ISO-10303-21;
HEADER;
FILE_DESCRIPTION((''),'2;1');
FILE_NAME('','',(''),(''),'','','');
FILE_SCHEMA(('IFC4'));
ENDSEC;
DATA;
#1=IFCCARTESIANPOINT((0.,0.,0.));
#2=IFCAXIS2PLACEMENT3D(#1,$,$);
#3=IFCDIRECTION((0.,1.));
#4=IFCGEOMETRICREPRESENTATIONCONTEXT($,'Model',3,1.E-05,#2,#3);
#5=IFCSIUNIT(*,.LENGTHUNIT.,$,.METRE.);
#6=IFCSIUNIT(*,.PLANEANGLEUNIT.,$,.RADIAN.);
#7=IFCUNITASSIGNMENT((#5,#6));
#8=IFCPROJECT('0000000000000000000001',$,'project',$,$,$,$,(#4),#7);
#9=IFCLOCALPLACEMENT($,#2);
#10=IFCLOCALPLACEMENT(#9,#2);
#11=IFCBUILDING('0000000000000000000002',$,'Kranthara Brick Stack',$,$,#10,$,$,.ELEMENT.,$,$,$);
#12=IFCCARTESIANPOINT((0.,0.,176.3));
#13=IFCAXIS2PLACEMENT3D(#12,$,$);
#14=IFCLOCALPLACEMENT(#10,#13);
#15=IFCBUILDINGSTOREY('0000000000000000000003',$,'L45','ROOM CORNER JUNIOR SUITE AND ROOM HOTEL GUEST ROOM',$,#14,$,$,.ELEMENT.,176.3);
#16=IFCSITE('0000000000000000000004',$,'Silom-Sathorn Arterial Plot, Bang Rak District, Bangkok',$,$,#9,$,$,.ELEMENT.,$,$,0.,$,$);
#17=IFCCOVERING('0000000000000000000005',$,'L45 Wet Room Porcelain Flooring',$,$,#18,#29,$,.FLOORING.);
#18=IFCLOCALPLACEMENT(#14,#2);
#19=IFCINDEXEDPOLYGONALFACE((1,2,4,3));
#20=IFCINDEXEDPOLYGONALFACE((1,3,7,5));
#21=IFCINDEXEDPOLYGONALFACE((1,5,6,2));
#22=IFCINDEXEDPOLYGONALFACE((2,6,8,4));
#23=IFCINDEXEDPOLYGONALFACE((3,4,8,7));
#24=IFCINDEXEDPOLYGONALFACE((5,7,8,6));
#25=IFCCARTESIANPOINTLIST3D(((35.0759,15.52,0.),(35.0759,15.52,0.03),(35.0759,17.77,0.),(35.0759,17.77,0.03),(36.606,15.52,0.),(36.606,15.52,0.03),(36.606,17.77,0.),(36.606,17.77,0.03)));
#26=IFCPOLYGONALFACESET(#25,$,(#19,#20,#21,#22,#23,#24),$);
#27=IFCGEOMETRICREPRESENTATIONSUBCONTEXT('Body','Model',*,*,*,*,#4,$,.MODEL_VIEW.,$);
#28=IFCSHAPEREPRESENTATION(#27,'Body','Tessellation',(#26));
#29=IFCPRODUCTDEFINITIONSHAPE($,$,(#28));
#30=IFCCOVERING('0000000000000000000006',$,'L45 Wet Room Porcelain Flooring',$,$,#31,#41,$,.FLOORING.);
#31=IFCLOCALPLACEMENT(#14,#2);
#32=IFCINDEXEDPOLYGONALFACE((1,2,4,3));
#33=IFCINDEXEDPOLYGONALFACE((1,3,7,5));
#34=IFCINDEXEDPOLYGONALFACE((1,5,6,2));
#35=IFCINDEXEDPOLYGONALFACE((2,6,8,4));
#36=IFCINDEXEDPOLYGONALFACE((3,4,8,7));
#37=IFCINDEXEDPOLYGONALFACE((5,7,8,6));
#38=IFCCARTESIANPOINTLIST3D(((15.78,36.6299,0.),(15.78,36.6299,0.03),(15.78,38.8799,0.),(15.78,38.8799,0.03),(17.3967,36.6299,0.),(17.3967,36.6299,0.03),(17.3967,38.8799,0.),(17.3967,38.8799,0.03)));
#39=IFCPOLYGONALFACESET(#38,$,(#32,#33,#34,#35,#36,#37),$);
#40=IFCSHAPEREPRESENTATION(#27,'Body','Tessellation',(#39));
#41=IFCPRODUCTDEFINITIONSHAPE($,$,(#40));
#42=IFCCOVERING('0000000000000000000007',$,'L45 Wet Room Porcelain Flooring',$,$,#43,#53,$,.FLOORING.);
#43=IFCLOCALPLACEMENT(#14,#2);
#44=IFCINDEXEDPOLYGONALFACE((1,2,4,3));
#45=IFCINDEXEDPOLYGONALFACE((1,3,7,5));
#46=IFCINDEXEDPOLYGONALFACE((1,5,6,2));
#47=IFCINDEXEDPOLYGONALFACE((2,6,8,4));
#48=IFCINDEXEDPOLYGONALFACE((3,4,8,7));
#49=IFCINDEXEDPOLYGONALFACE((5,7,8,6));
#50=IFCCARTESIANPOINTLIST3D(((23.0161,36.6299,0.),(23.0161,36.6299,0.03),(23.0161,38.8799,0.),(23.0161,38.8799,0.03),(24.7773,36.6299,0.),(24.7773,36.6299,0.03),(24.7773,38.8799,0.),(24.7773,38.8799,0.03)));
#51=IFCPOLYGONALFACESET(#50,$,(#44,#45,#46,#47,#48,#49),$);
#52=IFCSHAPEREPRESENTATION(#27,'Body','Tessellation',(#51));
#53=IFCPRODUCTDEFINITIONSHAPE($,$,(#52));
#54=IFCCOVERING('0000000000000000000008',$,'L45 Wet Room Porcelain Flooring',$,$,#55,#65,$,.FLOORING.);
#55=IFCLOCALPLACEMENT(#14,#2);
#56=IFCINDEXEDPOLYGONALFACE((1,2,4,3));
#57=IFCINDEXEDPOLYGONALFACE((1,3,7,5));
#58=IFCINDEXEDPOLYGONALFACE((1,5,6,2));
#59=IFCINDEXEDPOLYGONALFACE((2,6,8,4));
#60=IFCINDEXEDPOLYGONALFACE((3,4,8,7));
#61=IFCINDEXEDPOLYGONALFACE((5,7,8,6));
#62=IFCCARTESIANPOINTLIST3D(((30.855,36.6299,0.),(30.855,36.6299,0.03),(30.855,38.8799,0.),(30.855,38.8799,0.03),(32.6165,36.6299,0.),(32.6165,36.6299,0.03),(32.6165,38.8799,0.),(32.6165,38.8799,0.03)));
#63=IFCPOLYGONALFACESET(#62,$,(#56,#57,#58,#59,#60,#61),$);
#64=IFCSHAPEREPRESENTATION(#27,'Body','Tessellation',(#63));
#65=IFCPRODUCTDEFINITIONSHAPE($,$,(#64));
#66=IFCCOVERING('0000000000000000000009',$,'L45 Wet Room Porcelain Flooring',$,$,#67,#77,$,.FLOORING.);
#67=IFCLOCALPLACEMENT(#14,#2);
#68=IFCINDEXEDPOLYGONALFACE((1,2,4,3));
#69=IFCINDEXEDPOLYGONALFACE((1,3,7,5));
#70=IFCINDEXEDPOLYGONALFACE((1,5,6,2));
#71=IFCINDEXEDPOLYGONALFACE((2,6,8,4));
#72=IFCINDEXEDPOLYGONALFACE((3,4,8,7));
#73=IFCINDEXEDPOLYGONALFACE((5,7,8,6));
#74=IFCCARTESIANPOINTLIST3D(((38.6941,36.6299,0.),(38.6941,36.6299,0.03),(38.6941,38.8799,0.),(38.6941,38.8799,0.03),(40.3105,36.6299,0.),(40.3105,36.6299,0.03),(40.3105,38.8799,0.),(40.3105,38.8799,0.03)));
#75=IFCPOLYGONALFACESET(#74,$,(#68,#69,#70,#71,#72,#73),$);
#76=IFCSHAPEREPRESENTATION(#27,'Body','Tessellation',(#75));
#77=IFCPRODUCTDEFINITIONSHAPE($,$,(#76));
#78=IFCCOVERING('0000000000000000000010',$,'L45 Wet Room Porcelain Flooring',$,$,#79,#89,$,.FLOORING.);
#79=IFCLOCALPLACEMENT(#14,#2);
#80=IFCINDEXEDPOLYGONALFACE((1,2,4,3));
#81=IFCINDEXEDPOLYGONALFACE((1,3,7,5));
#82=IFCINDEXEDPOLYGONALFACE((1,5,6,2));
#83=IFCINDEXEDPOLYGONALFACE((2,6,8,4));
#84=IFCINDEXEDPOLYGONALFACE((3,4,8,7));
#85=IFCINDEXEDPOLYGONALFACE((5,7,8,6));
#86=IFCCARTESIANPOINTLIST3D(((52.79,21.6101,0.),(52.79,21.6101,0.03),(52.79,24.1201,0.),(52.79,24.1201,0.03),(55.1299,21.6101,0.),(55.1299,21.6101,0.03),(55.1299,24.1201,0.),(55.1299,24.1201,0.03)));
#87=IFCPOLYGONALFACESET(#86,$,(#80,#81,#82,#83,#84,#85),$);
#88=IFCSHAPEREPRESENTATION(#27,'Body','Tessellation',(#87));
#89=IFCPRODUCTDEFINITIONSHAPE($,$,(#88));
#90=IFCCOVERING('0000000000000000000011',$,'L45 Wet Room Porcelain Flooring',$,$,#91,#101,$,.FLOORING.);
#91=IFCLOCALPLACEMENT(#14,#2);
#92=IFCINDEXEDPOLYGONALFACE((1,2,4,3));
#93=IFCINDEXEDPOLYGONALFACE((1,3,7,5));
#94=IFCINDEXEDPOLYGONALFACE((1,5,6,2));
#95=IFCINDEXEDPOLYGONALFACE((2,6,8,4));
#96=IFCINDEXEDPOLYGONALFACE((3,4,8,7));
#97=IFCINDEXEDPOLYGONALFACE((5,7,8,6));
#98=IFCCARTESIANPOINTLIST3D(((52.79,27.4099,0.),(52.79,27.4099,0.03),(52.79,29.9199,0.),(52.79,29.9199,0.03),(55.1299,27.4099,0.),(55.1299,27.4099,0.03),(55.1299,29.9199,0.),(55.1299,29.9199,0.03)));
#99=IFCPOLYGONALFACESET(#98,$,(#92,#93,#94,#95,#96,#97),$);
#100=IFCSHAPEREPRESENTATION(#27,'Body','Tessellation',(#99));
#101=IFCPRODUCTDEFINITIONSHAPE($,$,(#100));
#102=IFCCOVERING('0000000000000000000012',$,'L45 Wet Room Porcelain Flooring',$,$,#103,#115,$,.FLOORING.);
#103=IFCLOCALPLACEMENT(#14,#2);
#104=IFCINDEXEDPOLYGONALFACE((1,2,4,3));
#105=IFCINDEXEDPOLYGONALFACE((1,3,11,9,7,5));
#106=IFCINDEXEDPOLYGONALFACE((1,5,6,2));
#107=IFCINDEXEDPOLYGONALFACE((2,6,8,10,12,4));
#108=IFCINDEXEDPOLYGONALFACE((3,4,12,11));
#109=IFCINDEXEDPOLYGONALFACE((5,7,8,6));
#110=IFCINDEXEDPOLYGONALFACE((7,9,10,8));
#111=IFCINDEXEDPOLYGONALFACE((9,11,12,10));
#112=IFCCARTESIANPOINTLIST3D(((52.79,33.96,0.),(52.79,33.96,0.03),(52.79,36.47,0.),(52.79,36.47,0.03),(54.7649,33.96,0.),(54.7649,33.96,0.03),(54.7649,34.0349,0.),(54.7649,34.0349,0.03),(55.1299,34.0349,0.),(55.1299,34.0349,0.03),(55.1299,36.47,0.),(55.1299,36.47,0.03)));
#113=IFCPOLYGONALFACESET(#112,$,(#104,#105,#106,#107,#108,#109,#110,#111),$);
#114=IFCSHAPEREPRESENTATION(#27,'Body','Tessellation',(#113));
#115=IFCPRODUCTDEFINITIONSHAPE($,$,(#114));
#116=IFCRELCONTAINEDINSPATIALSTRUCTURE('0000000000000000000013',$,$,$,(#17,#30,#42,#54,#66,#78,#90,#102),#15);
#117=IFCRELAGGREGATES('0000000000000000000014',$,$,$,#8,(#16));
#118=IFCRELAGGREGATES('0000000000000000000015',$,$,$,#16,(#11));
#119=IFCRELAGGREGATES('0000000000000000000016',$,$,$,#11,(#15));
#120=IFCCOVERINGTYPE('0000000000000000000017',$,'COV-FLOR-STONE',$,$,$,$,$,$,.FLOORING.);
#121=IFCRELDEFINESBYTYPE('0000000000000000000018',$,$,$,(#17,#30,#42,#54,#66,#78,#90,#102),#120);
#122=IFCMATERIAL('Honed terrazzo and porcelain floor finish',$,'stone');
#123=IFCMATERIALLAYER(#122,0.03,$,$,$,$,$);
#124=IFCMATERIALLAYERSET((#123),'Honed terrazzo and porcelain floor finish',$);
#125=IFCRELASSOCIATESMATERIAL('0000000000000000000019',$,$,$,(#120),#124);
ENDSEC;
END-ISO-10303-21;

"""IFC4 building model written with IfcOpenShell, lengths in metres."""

from ifc_helpers import new_model, si_unit, direction, frame, origin, place, context, subcontext, project, spatial, polyline, outline, extrude, material, layer, layer_set, type_object, element, save


model = new_model("IFC4")

# Units and contexts
model_context = context("Model", 3, precision=1e-05, world=origin(), true_north=direction((0.0, 1.0)))
body_context = subcontext(model_context, "Body", "Model", "MODEL_VIEW")
ifc_project = project(units=[si_unit("LENGTHUNIT", "METRE"), si_unit("PLANEANGLEUNIT", "RADIAN")], contexts=[model_context])

# Site, building, storey
site_placement = place(None, origin())
site = spatial("IfcSite", under=ifc_project, at=site_placement, Name="Silom-Sathorn Arterial Plot, Bang Rak District, Bangkok", CompositionType="ELEMENT", RefElevation=0.0)
building_placement = place(site_placement, origin())
building = spatial("IfcBuilding", under=site, at=building_placement, Name="Kranthara Brick Stack", CompositionType="ELEMENT")
storey_placement = place(building_placement, frame((0.0, 0.0, 176.3)))
storey = spatial("IfcBuildingStorey", under=building, at=storey_placement, Name="L45", Description="ROOM CORNER JUNIOR SUITE AND ROOM HOTEL GUEST ROOM", CompositionType="ELEMENT", Elevation=176.3)

# Coverings
ifc_material_1 = material(Name="Honed terrazzo and porcelain floor finish", Category="stone")
ifc_layer_1 = layer(ifc_material_1, 0.03)
ifc_layer_set_1 = layer_set([ifc_layer_1], Name="Honed terrazzo and porcelain floor finish")
covering_type_1 = type_object("IfcCoveringType", Name="COV-FLOR-STONE", PredefinedType="FLOORING", material=ifc_layer_set_1)
covering_1_placement = place(storey_placement, origin())
element("IfcCovering", 1, at=covering_1_placement, inside=storey, type_object=covering_type_1, Name="L45 Wet Room Porcelain Flooring", PredefinedType="FLOORING", context=body_context, shape_type="SweptSolid", body=[
    extrude(outline(polyline([(35.0759, 15.52), (35.0759, 17.77), (36.606, 17.77), (36.606, 15.52), (35.0759, 15.52)])), origin(), (0.0, 0.0, 1.0), 0.03),
])
covering_2_placement = place(storey_placement, origin())
element("IfcCovering", 2, at=covering_2_placement, inside=storey, type_object=covering_type_1, Name="L45 Wet Room Porcelain Flooring", PredefinedType="FLOORING", context=body_context, shape_type="SweptSolid", body=[
    extrude(outline(polyline([(15.78, 36.6299), (15.78, 38.8799), (17.3967, 38.8799), (17.3967, 36.6299), (15.78, 36.6299)])), origin(), (0.0, 0.0, 1.0), 0.03),
])
covering_3_placement = place(storey_placement, origin())
element("IfcCovering", 3, at=covering_3_placement, inside=storey, type_object=covering_type_1, Name="L45 Wet Room Porcelain Flooring", PredefinedType="FLOORING", context=body_context, shape_type="SweptSolid", body=[
    extrude(outline(polyline([(23.0161, 36.6299), (23.0161, 38.8799), (24.7773, 38.8799), (24.7773, 36.6299), (23.0161, 36.6299)])), origin(), (0.0, 0.0, 1.0), 0.03),
])
covering_4_placement = place(storey_placement, origin())
element("IfcCovering", 4, at=covering_4_placement, inside=storey, type_object=covering_type_1, Name="L45 Wet Room Porcelain Flooring", PredefinedType="FLOORING", context=body_context, shape_type="SweptSolid", body=[
    extrude(outline(polyline([(30.855, 36.6299), (30.855, 38.8799), (32.6165, 38.8799), (32.6165, 36.6299), (30.855, 36.6299)])), origin(), (0.0, 0.0, 1.0), 0.03),
])
covering_5_placement = place(storey_placement, origin())
element("IfcCovering", 5, at=covering_5_placement, inside=storey, type_object=covering_type_1, Name="L45 Wet Room Porcelain Flooring", PredefinedType="FLOORING", context=body_context, shape_type="SweptSolid", body=[
    extrude(outline(polyline([(38.6941, 36.6299), (38.6941, 38.8799), (40.3105, 38.8799), (40.3105, 36.6299), (38.6941, 36.6299)])), origin(), (0.0, 0.0, 1.0), 0.03),
])
covering_6_placement = place(storey_placement, origin())
element("IfcCovering", 6, at=covering_6_placement, inside=storey, type_object=covering_type_1, Name="L45 Wet Room Porcelain Flooring", PredefinedType="FLOORING", context=body_context, shape_type="SweptSolid", body=[
    extrude(outline(polyline([(52.79, 21.6101), (52.79, 24.1201), (55.1299, 24.1201), (55.1299, 21.6101), (52.79, 21.6101)])), origin(), (0.0, 0.0, 1.0), 0.03),
])
covering_7_placement = place(storey_placement, origin())
element("IfcCovering", 7, at=covering_7_placement, inside=storey, type_object=covering_type_1, Name="L45 Wet Room Porcelain Flooring", PredefinedType="FLOORING", context=body_context, shape_type="SweptSolid", body=[
    extrude(outline(polyline([(52.79, 27.4099), (52.79, 29.9199), (55.1299, 29.9199), (55.1299, 27.4099), (52.79, 27.4099)])), origin(), (0.0, 0.0, 1.0), 0.03),
])
covering_8_placement = place(storey_placement, origin())
element("IfcCovering", 8, at=covering_8_placement, inside=storey, type_object=covering_type_1, Name="L45 Wet Room Porcelain Flooring", PredefinedType="FLOORING", context=body_context, shape_type="SweptSolid", body=[
    extrude(outline(polyline([(52.79, 36.47), (55.1299, 36.47), (55.1299, 34.0349), (54.7649, 34.0349), (54.7649, 33.96), (52.79, 33.96), (52.79, 36.47)])), origin(), (0.0, 0.0, 1.0), 0.03),
])

save(model, "model.ifc")
